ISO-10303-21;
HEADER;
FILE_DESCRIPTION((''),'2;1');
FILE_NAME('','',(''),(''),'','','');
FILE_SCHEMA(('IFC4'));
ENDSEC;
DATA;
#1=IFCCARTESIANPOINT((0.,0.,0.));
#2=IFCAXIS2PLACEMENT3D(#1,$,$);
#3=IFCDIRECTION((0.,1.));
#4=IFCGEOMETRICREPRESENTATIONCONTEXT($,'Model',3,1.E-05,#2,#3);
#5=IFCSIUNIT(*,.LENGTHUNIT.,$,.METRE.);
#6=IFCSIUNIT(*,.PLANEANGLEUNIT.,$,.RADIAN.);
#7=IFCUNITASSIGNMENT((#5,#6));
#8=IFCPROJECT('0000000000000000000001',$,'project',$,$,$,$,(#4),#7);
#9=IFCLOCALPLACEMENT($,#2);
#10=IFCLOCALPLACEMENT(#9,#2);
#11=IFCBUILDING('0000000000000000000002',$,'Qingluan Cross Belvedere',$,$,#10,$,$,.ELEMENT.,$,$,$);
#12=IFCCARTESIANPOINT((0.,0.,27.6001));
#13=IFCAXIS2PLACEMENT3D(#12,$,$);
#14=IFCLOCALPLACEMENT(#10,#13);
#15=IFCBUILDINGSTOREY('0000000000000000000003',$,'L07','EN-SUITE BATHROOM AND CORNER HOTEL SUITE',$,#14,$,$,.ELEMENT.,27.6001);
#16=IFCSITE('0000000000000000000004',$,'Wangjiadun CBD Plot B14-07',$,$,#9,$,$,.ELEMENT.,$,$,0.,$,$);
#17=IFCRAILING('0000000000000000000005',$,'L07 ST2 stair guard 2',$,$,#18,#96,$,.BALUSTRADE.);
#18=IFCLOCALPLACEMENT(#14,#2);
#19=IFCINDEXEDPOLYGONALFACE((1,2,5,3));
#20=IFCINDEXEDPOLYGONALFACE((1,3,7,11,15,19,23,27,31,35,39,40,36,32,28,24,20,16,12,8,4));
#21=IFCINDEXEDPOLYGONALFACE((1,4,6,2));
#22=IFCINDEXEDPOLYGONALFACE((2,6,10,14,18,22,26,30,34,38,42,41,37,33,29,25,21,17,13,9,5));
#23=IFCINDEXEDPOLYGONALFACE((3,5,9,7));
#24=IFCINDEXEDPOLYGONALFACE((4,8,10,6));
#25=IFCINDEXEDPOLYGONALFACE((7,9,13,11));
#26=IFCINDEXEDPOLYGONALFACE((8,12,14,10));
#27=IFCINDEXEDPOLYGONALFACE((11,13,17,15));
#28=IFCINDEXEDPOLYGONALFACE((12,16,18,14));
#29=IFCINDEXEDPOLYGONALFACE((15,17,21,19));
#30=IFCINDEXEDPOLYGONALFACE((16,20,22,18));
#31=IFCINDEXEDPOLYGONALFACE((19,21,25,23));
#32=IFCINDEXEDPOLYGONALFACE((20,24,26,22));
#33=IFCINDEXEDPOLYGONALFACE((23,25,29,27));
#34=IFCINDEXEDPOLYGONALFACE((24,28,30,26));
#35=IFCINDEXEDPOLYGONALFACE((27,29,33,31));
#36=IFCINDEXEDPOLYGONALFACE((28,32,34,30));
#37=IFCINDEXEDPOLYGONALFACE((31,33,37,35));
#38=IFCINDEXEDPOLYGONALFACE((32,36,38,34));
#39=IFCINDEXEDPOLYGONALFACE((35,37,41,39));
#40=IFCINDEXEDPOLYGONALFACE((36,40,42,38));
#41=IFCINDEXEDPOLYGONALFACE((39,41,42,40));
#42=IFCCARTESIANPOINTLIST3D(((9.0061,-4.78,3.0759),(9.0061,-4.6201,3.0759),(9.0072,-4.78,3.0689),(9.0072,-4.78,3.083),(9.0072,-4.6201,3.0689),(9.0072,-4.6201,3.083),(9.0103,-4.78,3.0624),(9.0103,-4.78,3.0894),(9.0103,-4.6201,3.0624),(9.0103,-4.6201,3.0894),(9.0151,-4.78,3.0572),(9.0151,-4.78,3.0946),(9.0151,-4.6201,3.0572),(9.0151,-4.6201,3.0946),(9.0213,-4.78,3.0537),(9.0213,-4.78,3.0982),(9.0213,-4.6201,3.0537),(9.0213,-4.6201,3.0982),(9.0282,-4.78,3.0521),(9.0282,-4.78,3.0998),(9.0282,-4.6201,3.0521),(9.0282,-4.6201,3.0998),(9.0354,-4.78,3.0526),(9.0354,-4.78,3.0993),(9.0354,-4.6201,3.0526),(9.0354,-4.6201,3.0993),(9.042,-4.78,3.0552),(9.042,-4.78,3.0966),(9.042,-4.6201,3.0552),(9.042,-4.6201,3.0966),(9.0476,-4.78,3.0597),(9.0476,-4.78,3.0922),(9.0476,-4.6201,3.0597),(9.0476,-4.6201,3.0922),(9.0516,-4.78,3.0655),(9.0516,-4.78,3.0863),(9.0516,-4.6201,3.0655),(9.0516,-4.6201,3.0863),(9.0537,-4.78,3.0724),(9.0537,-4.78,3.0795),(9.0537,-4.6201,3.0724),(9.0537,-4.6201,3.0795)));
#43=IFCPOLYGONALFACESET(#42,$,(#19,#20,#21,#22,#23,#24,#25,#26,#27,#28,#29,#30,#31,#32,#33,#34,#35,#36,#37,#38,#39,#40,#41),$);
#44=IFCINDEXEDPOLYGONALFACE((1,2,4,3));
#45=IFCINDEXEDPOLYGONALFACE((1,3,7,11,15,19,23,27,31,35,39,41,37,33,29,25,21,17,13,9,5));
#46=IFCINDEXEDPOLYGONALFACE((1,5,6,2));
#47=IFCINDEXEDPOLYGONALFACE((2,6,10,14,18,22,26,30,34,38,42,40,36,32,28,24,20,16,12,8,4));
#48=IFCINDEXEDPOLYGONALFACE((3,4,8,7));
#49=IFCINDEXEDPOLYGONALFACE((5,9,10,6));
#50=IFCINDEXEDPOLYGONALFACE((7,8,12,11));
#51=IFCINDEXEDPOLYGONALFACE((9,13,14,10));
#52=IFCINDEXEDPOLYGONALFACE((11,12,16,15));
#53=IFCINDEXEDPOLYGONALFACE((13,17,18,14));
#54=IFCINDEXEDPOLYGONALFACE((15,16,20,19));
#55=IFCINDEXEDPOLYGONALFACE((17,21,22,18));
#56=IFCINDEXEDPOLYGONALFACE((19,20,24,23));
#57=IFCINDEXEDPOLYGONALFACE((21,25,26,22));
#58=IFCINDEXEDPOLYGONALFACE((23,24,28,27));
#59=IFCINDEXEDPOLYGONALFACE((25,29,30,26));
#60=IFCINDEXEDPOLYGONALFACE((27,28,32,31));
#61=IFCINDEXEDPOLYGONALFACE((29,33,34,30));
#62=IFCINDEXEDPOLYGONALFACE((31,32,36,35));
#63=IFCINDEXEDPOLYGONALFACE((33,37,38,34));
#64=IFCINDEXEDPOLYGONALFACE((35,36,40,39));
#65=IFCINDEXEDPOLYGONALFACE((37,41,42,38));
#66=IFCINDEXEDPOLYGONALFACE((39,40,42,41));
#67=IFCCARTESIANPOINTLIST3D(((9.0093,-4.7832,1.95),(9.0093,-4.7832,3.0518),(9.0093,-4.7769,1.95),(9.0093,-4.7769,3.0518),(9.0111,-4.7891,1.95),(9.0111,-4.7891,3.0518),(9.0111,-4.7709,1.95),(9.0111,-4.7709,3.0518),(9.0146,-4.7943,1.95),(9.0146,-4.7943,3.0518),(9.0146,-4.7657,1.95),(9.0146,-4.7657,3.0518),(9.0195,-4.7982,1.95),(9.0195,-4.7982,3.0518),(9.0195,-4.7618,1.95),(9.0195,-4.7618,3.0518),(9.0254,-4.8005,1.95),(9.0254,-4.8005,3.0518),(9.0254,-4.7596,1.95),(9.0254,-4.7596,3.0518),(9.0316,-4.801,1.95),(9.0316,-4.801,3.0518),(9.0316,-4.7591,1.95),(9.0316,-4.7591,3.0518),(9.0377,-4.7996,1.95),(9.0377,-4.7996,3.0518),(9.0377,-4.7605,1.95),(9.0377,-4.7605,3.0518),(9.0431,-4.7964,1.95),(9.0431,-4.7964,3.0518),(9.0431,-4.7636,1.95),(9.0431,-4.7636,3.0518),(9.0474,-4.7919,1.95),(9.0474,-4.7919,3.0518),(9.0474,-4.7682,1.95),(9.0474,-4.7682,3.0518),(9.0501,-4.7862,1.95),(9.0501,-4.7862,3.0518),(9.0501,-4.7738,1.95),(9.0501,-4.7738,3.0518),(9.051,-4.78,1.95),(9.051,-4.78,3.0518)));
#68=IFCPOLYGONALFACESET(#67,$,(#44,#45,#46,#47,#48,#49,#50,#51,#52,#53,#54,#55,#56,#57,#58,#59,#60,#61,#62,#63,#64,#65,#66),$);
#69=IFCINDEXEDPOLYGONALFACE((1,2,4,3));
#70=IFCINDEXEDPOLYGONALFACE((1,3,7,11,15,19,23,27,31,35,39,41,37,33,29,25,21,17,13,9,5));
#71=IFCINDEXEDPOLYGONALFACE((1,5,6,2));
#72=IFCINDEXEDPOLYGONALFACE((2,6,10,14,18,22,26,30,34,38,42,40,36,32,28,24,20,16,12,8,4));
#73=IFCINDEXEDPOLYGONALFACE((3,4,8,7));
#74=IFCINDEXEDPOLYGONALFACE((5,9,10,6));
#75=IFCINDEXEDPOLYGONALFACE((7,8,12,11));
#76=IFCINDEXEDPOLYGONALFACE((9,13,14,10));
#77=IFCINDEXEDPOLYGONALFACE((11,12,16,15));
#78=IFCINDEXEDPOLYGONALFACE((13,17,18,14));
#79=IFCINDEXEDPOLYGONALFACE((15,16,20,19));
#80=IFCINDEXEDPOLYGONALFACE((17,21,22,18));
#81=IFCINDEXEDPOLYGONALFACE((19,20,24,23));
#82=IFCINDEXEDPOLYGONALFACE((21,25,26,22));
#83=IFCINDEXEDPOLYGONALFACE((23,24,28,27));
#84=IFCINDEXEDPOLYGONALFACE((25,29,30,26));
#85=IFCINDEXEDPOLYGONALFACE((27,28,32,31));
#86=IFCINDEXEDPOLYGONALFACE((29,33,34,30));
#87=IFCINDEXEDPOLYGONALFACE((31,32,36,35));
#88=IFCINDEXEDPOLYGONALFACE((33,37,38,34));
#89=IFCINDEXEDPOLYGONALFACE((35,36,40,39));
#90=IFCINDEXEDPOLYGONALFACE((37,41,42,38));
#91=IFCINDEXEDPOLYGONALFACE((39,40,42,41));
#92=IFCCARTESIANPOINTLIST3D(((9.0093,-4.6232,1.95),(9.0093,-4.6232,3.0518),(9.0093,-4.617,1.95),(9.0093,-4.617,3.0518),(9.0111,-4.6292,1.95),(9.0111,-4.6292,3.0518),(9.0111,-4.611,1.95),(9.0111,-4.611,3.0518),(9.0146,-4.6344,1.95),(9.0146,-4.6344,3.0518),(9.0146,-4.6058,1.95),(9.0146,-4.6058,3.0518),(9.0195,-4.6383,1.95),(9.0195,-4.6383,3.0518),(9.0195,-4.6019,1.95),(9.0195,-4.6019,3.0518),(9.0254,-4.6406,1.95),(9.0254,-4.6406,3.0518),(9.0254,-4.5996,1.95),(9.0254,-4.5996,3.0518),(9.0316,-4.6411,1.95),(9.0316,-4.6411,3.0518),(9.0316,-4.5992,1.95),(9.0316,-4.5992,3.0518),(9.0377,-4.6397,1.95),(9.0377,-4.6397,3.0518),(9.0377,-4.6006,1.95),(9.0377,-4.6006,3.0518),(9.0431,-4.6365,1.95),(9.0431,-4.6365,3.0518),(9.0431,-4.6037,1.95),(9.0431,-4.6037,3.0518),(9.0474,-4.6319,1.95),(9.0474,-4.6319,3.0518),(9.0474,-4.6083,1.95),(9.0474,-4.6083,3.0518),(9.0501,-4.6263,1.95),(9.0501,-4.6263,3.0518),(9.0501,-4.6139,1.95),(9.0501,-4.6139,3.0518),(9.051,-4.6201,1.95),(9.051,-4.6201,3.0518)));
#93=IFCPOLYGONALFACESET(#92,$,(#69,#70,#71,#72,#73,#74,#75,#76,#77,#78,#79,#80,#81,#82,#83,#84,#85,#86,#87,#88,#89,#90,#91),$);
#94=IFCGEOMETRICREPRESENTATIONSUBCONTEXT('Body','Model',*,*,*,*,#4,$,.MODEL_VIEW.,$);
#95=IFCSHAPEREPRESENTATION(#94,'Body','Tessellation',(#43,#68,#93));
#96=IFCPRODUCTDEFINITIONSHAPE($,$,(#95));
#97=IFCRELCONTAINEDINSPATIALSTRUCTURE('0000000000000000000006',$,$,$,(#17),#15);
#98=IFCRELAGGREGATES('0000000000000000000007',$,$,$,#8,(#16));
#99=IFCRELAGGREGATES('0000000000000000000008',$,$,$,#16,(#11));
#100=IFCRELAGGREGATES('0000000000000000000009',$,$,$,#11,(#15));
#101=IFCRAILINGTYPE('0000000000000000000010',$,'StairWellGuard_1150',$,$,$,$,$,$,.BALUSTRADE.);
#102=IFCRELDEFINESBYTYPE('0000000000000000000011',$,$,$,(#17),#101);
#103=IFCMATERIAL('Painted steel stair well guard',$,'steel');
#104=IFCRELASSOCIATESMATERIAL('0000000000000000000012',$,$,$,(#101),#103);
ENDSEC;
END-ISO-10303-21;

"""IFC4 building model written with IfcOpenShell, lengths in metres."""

from ifc_helpers import new_model, si_unit, direction, frame, origin, origin_2d, place, context, subcontext, project, spatial, circle, extrude, material, type_object, element, save


model = new_model("IFC4")

# Units and contexts
model_context = context("Model", 3, precision=1e-05, world=origin(), true_north=direction((0.0, 1.0)))
body_context = subcontext(model_context, "Body", "Model", "MODEL_VIEW")
ifc_project = project(units=[si_unit("LENGTHUNIT", "METRE"), si_unit("PLANEANGLEUNIT", "RADIAN")], contexts=[model_context])

# Site, building, storey
site_placement = place(None, origin())
site = spatial("IfcSite", under=ifc_project, at=site_placement, Name="Wangjiadun CBD Plot B14-07", CompositionType="ELEMENT", RefElevation=0.0)
building_placement = place(site_placement, origin())
building = spatial("IfcBuilding", under=site, at=building_placement, Name="Qingluan Cross Belvedere", CompositionType="ELEMENT")
storey_placement = place(building_placement, frame((0.0, 0.0, 27.6001)))
storey = spatial("IfcBuildingStorey", under=building, at=storey_placement, Name="L07", Description="EN-SUITE BATHROOM AND CORNER HOTEL SUITE", CompositionType="ELEMENT", Elevation=27.6001)

# Railing
ifc_material_1 = material(Name="Painted steel stair well guard", Category="steel")
railing_type_1 = type_object("IfcRailingType", Name="StairWellGuard_1150", PredefinedType="BALUSTRADE", material=ifc_material_1)
railing_1_placement = place(storey_placement, frame((9.03, -4.78, 1.95)))
element("IfcRailing", 1, at=railing_1_placement, inside=storey, type_object=railing_type_1, Name="L07 ST2 stair guard 2", PredefinedType="BALUSTRADE", context=body_context, shape_type="SweptSolid", body=[
    extrude(circle(Radius=0.0239, at=origin_2d()), frame((0.0, 0.0, 1.126), z_axis=(0.0, 1.0, 0.0), x_axis=(-1.0, 0.0, 0.0)), (0.0, 0.0, 1.0), 0.1599),
    extrude(circle(Radius=0.021, at=origin_2d()), origin(), (0.0, 0.0, 1.0), 1.1018),
    extrude(circle(Radius=0.021, at=origin_2d()), frame((0.0, 0.1599, 0.0)), (0.0, 0.0, 1.0), 1.1018),
])

save(model, "model.ifc")
